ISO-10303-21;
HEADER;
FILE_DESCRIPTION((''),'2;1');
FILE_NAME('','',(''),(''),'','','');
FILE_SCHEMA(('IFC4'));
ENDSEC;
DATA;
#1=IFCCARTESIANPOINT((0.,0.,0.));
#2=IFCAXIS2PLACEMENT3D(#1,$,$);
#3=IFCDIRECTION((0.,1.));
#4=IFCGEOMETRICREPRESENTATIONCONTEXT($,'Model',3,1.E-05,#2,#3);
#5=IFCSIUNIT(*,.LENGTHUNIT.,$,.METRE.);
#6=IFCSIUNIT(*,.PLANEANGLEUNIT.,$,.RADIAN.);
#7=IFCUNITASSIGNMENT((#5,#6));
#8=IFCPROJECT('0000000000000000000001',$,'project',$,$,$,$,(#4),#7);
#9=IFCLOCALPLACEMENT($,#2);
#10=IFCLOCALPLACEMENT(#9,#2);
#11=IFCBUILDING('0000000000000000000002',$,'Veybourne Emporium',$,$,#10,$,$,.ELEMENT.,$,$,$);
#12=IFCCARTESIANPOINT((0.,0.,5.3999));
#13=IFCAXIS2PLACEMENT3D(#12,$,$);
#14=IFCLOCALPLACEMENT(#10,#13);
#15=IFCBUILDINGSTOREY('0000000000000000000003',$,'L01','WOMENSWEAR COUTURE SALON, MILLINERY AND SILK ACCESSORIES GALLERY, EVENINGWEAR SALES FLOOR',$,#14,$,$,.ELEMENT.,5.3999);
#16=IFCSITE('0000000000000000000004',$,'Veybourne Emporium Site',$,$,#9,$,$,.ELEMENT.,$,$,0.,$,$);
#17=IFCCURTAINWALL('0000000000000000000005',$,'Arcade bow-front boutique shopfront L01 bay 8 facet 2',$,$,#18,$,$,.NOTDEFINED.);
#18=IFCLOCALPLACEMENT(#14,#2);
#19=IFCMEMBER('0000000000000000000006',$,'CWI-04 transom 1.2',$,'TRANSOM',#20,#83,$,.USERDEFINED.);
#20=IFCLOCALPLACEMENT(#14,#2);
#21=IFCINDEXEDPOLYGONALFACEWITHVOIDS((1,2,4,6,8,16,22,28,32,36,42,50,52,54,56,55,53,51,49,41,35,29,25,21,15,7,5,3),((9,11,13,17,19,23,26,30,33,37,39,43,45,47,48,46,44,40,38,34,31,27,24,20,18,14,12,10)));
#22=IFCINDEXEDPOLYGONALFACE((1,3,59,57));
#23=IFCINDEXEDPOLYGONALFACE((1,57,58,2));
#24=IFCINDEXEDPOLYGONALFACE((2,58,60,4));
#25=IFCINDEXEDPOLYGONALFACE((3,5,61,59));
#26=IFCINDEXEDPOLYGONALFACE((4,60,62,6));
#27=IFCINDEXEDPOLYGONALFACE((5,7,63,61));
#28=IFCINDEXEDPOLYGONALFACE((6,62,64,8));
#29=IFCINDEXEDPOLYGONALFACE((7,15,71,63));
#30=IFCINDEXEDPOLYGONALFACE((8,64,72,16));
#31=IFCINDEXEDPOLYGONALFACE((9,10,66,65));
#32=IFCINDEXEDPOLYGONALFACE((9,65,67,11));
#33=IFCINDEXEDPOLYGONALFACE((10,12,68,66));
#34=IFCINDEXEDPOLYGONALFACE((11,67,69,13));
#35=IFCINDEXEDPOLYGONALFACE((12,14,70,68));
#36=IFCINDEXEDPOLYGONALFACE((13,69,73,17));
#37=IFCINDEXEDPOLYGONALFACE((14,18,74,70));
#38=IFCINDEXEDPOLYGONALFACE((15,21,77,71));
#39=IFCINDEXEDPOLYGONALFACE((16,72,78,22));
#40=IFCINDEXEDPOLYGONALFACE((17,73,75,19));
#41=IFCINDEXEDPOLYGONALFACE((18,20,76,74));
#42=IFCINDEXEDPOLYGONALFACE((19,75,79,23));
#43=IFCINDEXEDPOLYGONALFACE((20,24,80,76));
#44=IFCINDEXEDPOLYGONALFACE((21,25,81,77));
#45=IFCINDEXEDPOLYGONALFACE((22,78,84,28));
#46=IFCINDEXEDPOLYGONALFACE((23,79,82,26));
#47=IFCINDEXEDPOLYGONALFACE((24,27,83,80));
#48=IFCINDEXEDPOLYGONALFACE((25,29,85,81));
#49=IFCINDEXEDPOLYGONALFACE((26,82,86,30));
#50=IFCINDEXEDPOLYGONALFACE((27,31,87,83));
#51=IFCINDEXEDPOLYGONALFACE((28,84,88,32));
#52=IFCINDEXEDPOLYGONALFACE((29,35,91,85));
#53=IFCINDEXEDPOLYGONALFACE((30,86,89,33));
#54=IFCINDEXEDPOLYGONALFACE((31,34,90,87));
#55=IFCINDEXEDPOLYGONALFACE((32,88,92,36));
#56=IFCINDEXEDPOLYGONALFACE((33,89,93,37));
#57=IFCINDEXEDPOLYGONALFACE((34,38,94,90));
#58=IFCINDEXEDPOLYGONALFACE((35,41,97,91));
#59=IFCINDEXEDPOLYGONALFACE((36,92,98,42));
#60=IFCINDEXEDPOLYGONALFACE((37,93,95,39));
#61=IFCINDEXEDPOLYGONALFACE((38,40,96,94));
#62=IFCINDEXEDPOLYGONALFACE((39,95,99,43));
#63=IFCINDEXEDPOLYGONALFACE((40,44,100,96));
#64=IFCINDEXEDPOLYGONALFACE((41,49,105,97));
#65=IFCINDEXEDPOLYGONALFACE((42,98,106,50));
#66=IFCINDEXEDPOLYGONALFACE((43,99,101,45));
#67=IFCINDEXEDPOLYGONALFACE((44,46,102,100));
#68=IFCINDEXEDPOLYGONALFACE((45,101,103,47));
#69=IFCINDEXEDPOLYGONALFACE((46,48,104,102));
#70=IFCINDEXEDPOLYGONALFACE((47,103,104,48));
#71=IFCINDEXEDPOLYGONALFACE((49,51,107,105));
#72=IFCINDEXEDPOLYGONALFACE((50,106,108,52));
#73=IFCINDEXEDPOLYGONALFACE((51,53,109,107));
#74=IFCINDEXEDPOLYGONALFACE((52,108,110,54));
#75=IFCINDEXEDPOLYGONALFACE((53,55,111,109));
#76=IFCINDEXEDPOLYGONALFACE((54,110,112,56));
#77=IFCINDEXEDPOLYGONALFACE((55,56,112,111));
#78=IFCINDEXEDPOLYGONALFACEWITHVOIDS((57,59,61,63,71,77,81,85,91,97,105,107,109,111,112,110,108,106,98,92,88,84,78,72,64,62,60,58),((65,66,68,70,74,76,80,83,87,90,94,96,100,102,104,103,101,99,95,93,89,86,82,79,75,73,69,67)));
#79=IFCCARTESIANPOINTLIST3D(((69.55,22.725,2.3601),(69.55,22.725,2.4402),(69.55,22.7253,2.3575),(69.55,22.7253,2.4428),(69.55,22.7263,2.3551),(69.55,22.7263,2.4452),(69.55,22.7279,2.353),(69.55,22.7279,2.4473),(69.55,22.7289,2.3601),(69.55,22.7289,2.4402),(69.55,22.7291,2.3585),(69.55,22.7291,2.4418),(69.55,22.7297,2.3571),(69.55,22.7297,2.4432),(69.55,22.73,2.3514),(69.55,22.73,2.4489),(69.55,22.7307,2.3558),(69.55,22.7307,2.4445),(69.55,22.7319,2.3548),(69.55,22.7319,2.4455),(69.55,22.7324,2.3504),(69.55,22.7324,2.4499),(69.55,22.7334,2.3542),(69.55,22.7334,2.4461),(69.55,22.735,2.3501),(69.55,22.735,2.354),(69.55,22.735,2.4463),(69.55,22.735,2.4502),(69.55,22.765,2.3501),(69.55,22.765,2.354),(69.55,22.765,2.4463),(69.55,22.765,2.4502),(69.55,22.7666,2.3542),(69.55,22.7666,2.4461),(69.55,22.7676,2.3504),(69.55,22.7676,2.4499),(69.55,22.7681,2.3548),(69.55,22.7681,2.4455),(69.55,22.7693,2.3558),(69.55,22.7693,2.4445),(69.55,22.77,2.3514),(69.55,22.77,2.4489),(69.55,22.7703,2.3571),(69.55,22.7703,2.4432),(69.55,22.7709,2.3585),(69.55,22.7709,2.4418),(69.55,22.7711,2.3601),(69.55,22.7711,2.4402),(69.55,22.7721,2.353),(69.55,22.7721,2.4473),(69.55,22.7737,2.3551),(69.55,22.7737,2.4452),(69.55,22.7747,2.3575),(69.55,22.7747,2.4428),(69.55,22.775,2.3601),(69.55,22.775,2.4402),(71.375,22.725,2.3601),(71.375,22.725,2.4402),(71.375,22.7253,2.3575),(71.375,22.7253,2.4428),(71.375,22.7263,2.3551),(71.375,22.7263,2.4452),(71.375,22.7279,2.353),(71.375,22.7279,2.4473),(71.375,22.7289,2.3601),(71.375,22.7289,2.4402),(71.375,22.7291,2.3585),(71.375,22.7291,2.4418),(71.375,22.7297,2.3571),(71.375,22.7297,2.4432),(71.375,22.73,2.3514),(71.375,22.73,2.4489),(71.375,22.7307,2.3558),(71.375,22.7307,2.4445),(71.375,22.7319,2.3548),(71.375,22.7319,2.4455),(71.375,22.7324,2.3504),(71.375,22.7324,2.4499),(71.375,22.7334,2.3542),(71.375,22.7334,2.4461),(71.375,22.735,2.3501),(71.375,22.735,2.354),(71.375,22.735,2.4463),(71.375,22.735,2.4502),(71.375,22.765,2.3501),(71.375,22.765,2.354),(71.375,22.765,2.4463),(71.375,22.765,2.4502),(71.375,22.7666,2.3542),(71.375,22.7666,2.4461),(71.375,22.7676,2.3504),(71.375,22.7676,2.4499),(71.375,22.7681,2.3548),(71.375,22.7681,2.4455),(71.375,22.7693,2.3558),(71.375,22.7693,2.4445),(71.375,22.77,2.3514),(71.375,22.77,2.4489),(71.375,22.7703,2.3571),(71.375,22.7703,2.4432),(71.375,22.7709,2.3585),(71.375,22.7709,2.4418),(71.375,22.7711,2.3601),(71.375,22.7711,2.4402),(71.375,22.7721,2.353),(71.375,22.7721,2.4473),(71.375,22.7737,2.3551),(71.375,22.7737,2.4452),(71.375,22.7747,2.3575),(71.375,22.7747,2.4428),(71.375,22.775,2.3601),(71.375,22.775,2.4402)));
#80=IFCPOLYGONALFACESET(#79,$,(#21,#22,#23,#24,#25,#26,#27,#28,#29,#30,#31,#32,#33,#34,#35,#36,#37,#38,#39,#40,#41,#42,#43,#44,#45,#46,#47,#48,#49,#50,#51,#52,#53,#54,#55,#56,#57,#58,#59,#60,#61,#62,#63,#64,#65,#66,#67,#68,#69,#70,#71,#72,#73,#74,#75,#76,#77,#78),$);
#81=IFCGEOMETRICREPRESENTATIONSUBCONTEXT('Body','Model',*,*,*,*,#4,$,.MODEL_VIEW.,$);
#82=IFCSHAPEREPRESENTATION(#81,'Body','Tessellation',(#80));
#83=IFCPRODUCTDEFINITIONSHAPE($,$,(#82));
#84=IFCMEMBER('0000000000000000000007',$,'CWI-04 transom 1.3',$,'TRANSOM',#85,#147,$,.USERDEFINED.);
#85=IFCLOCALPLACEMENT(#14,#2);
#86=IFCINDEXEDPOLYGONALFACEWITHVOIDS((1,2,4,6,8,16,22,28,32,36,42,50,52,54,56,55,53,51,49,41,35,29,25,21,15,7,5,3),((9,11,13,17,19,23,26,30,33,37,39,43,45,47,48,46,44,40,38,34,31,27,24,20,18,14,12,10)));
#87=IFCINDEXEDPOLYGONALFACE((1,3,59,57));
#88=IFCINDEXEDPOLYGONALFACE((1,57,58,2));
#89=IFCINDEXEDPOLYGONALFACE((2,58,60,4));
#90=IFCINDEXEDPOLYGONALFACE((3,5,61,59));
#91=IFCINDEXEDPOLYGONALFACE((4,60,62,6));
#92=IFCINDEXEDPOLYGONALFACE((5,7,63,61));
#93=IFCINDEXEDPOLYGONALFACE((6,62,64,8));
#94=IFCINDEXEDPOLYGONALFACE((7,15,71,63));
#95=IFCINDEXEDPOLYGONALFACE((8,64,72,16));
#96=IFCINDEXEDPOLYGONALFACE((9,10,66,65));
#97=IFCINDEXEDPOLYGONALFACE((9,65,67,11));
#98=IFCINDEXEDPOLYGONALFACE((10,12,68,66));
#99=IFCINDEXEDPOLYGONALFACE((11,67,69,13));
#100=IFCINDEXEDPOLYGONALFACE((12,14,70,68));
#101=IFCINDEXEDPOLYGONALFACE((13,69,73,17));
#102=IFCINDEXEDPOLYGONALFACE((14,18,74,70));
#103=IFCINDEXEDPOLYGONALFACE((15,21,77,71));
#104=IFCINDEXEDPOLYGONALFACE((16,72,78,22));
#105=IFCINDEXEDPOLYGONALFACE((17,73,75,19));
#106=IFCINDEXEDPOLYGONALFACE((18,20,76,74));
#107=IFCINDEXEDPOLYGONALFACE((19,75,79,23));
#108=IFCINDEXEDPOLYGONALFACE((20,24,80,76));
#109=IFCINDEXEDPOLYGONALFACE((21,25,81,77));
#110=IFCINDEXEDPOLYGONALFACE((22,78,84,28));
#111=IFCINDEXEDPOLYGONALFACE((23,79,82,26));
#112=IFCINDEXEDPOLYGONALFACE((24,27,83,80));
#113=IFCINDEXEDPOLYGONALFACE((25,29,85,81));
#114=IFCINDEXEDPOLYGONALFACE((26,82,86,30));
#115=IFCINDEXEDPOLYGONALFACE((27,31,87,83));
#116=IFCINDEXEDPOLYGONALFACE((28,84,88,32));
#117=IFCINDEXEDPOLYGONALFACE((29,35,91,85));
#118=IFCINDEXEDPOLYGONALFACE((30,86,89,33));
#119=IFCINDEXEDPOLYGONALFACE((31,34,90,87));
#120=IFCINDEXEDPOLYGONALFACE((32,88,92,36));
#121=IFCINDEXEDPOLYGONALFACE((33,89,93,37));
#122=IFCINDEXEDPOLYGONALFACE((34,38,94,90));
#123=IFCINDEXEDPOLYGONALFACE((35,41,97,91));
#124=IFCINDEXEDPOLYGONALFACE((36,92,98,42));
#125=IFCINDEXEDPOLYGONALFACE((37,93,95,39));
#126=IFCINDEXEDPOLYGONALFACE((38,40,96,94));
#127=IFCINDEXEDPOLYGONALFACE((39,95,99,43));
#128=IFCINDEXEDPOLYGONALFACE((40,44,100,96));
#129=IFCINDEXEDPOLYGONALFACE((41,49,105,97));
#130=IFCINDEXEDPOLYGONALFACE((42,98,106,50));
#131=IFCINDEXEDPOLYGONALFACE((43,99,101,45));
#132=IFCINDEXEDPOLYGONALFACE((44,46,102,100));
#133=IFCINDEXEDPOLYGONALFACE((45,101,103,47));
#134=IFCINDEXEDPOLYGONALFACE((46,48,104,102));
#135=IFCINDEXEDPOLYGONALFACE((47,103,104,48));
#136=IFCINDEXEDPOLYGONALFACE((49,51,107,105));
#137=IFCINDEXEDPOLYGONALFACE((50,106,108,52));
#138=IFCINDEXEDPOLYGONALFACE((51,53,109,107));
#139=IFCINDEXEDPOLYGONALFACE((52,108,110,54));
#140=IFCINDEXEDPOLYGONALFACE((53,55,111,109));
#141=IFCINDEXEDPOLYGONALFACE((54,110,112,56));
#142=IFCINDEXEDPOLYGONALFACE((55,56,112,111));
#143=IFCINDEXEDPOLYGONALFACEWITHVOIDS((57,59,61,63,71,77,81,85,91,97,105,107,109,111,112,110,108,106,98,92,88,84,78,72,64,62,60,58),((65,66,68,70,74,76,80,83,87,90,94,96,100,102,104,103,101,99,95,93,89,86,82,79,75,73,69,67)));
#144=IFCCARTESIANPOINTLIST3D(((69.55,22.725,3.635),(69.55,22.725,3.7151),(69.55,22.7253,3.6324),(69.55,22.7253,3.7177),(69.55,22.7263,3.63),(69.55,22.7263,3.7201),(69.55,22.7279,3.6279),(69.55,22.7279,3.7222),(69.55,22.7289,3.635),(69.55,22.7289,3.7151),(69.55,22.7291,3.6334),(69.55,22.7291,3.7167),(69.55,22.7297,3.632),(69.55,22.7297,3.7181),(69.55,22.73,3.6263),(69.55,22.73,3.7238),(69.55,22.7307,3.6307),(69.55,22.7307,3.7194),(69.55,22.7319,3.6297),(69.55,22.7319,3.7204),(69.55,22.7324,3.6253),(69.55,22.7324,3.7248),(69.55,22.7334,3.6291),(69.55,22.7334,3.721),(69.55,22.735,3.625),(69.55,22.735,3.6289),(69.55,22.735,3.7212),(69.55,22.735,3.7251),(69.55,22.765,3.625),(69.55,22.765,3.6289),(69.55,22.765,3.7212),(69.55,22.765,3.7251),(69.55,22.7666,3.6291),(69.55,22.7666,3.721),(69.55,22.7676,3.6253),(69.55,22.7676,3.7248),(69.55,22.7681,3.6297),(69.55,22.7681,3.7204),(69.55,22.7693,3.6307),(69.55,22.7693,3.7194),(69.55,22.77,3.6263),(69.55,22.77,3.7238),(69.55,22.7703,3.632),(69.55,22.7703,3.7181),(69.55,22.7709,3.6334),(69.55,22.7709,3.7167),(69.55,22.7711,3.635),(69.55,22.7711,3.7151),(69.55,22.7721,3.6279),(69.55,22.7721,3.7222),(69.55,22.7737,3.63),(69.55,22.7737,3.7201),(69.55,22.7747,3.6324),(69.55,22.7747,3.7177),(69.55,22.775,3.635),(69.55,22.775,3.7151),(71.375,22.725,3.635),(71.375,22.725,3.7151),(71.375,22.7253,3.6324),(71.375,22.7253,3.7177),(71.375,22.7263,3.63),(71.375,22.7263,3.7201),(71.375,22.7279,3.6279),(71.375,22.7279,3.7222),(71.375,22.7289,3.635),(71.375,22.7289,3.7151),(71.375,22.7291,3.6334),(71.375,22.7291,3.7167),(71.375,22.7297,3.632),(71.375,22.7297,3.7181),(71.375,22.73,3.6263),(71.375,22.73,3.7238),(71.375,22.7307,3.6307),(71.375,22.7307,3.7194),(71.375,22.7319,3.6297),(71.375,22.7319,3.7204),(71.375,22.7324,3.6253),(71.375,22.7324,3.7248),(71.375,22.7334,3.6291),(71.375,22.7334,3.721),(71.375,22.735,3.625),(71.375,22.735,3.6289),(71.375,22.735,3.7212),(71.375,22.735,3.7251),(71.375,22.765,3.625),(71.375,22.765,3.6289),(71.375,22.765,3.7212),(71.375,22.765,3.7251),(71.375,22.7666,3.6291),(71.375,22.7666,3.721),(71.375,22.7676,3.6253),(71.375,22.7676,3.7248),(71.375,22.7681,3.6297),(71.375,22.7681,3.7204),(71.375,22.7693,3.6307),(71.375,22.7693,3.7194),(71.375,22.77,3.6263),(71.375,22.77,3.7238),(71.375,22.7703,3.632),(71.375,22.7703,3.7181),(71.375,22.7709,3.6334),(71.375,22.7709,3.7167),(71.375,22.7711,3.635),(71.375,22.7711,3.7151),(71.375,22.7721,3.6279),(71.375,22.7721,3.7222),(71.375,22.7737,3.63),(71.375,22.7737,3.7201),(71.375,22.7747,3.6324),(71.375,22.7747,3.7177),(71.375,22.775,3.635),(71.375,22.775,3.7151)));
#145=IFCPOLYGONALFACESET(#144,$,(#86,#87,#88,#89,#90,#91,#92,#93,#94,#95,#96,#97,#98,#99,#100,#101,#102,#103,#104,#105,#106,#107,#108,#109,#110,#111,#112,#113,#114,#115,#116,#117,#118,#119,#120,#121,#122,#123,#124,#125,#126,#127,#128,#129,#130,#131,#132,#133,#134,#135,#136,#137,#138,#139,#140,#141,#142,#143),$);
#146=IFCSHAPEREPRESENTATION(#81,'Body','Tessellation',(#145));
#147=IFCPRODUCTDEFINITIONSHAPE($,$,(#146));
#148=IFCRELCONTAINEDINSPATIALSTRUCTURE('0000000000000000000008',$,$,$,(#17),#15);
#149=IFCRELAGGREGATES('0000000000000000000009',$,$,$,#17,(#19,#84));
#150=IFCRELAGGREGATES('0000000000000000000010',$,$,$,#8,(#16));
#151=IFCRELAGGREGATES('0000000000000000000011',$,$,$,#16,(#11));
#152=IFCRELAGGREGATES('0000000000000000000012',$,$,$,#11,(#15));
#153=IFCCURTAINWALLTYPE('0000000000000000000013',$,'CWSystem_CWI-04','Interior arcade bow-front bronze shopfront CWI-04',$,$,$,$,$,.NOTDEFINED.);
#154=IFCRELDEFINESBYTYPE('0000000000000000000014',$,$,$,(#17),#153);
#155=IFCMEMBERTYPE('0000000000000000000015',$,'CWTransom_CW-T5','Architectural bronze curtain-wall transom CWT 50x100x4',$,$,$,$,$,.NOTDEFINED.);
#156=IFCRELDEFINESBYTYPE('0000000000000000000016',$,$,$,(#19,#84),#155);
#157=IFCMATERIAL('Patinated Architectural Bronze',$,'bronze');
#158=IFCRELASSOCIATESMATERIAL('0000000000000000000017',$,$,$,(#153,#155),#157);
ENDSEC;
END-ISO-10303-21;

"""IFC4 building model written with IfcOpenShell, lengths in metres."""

from ifc_helpers import new_model, si_unit, direction, frame, origin, origin_2d, place, context, subcontext, project, spatial, hollow_rectangle, extrude, material, material_profile, profile_set, type_object, element, aggregate, save


model = new_model("IFC4")

# Units and contexts
model_context = context("Model", 3, precision=1e-05, world=origin(), true_north=direction((0.0, 1.0)))
body_context = subcontext(model_context, "Body", "Model", "MODEL_VIEW")
ifc_project = project(units=[si_unit("LENGTHUNIT", "METRE"), si_unit("PLANEANGLEUNIT", "RADIAN")], contexts=[model_context])

# Site, building, storey
site_placement = place(None, origin())
site = spatial("IfcSite", under=ifc_project, at=site_placement, Name="Veybourne Emporium Site", CompositionType="ELEMENT", RefElevation=0.0)
building_placement = place(site_placement, origin())
building = spatial("IfcBuilding", under=site, at=building_placement, Name="Veybourne Emporium", CompositionType="ELEMENT")
storey_placement = place(building_placement, frame((0.0, 0.0, 5.3999)))
storey = spatial("IfcBuildingStorey", under=building, at=storey_placement, Name="L01", Description="WOMENSWEAR COUTURE SALON, MILLINERY AND SILK ACCESSORIES GALLERY, EVENINGWEAR SALES FLOOR", CompositionType="ELEMENT", Elevation=5.3999)

# Shared definitions
ifc_material_1 = material(Name="Patinated Architectural Bronze", Category="bronze")

# Curtain wall
curtain_wall_type_1 = type_object("IfcCurtainWallType", Name="CWSystem_CWI-04", Description="Interior arcade bow-front bronze shopfront CWI-04", PredefinedType="NOTDEFINED", material=ifc_material_1)
curtain_wall_1_placement = place(storey_placement, origin())
curtain_wall_1 = element("IfcCurtainWall", 1, at=curtain_wall_1_placement, inside=storey, type_object=curtain_wall_type_1, Name="Arcade bow-front boutique shopfront L01 bay 8 facet 2", PredefinedType="NOTDEFINED")

# Members
ifc_material_profile_1 = material_profile(ifc_material_1, hollow_rectangle(XDim=0.05, YDim=0.1001, WallThickness=0.0039, InnerFilletRadius=0.0061, OuterFilletRadius=0.01, at=origin_2d()), Name="CWT 50x100x4")
ifc_profile_set_1 = profile_set([ifc_material_profile_1], Name="Patinated Architectural Bronze")
member_type_1 = type_object("IfcMemberType", Name="CWTransom_CW-T5", Description="Architectural bronze curtain-wall transom CWT 50x100x4", PredefinedType="NOTDEFINED", material=ifc_profile_set_1)
member_1_placement = place(storey_placement, frame((69.55, 22.75, 2.4001), z_axis=(1.0, 0.0, 0.0), x_axis=(0.0, 1.0, 0.0)))
member_1 = element("IfcMember", 2, at=member_1_placement, type_object=member_type_1, Name="CWI-04 transom 1.2", ObjectType="TRANSOM", PredefinedType="USERDEFINED", context=body_context, shape_type="SweptSolid", body=[
    extrude(hollow_rectangle(XDim=0.05, YDim=0.1001, WallThickness=0.0039, InnerFilletRadius=0.0061, OuterFilletRadius=0.01, at=origin_2d()), origin(), (0.0, 0.0, 1.0), 1.825),
])
member_2_placement = place(storey_placement, frame((69.55, 22.75, 3.675), z_axis=(1.0, 0.0, 0.0), x_axis=(0.0, 1.0, 0.0)))
member_2 = element("IfcMember", 3, at=member_2_placement, type_object=member_type_1, Name="CWI-04 transom 1.3", ObjectType="TRANSOM", PredefinedType="USERDEFINED", context=body_context, shape_type="SweptSolid", body=[
    extrude(hollow_rectangle(XDim=0.05, YDim=0.1001, WallThickness=0.0039, InnerFilletRadius=0.0061, OuterFilletRadius=0.01, at=origin_2d()), origin(), (0.0, 0.0, 1.0), 1.825),
])

aggregate(curtain_wall_1, [member_1, member_2])

save(model, "model.ifc")
